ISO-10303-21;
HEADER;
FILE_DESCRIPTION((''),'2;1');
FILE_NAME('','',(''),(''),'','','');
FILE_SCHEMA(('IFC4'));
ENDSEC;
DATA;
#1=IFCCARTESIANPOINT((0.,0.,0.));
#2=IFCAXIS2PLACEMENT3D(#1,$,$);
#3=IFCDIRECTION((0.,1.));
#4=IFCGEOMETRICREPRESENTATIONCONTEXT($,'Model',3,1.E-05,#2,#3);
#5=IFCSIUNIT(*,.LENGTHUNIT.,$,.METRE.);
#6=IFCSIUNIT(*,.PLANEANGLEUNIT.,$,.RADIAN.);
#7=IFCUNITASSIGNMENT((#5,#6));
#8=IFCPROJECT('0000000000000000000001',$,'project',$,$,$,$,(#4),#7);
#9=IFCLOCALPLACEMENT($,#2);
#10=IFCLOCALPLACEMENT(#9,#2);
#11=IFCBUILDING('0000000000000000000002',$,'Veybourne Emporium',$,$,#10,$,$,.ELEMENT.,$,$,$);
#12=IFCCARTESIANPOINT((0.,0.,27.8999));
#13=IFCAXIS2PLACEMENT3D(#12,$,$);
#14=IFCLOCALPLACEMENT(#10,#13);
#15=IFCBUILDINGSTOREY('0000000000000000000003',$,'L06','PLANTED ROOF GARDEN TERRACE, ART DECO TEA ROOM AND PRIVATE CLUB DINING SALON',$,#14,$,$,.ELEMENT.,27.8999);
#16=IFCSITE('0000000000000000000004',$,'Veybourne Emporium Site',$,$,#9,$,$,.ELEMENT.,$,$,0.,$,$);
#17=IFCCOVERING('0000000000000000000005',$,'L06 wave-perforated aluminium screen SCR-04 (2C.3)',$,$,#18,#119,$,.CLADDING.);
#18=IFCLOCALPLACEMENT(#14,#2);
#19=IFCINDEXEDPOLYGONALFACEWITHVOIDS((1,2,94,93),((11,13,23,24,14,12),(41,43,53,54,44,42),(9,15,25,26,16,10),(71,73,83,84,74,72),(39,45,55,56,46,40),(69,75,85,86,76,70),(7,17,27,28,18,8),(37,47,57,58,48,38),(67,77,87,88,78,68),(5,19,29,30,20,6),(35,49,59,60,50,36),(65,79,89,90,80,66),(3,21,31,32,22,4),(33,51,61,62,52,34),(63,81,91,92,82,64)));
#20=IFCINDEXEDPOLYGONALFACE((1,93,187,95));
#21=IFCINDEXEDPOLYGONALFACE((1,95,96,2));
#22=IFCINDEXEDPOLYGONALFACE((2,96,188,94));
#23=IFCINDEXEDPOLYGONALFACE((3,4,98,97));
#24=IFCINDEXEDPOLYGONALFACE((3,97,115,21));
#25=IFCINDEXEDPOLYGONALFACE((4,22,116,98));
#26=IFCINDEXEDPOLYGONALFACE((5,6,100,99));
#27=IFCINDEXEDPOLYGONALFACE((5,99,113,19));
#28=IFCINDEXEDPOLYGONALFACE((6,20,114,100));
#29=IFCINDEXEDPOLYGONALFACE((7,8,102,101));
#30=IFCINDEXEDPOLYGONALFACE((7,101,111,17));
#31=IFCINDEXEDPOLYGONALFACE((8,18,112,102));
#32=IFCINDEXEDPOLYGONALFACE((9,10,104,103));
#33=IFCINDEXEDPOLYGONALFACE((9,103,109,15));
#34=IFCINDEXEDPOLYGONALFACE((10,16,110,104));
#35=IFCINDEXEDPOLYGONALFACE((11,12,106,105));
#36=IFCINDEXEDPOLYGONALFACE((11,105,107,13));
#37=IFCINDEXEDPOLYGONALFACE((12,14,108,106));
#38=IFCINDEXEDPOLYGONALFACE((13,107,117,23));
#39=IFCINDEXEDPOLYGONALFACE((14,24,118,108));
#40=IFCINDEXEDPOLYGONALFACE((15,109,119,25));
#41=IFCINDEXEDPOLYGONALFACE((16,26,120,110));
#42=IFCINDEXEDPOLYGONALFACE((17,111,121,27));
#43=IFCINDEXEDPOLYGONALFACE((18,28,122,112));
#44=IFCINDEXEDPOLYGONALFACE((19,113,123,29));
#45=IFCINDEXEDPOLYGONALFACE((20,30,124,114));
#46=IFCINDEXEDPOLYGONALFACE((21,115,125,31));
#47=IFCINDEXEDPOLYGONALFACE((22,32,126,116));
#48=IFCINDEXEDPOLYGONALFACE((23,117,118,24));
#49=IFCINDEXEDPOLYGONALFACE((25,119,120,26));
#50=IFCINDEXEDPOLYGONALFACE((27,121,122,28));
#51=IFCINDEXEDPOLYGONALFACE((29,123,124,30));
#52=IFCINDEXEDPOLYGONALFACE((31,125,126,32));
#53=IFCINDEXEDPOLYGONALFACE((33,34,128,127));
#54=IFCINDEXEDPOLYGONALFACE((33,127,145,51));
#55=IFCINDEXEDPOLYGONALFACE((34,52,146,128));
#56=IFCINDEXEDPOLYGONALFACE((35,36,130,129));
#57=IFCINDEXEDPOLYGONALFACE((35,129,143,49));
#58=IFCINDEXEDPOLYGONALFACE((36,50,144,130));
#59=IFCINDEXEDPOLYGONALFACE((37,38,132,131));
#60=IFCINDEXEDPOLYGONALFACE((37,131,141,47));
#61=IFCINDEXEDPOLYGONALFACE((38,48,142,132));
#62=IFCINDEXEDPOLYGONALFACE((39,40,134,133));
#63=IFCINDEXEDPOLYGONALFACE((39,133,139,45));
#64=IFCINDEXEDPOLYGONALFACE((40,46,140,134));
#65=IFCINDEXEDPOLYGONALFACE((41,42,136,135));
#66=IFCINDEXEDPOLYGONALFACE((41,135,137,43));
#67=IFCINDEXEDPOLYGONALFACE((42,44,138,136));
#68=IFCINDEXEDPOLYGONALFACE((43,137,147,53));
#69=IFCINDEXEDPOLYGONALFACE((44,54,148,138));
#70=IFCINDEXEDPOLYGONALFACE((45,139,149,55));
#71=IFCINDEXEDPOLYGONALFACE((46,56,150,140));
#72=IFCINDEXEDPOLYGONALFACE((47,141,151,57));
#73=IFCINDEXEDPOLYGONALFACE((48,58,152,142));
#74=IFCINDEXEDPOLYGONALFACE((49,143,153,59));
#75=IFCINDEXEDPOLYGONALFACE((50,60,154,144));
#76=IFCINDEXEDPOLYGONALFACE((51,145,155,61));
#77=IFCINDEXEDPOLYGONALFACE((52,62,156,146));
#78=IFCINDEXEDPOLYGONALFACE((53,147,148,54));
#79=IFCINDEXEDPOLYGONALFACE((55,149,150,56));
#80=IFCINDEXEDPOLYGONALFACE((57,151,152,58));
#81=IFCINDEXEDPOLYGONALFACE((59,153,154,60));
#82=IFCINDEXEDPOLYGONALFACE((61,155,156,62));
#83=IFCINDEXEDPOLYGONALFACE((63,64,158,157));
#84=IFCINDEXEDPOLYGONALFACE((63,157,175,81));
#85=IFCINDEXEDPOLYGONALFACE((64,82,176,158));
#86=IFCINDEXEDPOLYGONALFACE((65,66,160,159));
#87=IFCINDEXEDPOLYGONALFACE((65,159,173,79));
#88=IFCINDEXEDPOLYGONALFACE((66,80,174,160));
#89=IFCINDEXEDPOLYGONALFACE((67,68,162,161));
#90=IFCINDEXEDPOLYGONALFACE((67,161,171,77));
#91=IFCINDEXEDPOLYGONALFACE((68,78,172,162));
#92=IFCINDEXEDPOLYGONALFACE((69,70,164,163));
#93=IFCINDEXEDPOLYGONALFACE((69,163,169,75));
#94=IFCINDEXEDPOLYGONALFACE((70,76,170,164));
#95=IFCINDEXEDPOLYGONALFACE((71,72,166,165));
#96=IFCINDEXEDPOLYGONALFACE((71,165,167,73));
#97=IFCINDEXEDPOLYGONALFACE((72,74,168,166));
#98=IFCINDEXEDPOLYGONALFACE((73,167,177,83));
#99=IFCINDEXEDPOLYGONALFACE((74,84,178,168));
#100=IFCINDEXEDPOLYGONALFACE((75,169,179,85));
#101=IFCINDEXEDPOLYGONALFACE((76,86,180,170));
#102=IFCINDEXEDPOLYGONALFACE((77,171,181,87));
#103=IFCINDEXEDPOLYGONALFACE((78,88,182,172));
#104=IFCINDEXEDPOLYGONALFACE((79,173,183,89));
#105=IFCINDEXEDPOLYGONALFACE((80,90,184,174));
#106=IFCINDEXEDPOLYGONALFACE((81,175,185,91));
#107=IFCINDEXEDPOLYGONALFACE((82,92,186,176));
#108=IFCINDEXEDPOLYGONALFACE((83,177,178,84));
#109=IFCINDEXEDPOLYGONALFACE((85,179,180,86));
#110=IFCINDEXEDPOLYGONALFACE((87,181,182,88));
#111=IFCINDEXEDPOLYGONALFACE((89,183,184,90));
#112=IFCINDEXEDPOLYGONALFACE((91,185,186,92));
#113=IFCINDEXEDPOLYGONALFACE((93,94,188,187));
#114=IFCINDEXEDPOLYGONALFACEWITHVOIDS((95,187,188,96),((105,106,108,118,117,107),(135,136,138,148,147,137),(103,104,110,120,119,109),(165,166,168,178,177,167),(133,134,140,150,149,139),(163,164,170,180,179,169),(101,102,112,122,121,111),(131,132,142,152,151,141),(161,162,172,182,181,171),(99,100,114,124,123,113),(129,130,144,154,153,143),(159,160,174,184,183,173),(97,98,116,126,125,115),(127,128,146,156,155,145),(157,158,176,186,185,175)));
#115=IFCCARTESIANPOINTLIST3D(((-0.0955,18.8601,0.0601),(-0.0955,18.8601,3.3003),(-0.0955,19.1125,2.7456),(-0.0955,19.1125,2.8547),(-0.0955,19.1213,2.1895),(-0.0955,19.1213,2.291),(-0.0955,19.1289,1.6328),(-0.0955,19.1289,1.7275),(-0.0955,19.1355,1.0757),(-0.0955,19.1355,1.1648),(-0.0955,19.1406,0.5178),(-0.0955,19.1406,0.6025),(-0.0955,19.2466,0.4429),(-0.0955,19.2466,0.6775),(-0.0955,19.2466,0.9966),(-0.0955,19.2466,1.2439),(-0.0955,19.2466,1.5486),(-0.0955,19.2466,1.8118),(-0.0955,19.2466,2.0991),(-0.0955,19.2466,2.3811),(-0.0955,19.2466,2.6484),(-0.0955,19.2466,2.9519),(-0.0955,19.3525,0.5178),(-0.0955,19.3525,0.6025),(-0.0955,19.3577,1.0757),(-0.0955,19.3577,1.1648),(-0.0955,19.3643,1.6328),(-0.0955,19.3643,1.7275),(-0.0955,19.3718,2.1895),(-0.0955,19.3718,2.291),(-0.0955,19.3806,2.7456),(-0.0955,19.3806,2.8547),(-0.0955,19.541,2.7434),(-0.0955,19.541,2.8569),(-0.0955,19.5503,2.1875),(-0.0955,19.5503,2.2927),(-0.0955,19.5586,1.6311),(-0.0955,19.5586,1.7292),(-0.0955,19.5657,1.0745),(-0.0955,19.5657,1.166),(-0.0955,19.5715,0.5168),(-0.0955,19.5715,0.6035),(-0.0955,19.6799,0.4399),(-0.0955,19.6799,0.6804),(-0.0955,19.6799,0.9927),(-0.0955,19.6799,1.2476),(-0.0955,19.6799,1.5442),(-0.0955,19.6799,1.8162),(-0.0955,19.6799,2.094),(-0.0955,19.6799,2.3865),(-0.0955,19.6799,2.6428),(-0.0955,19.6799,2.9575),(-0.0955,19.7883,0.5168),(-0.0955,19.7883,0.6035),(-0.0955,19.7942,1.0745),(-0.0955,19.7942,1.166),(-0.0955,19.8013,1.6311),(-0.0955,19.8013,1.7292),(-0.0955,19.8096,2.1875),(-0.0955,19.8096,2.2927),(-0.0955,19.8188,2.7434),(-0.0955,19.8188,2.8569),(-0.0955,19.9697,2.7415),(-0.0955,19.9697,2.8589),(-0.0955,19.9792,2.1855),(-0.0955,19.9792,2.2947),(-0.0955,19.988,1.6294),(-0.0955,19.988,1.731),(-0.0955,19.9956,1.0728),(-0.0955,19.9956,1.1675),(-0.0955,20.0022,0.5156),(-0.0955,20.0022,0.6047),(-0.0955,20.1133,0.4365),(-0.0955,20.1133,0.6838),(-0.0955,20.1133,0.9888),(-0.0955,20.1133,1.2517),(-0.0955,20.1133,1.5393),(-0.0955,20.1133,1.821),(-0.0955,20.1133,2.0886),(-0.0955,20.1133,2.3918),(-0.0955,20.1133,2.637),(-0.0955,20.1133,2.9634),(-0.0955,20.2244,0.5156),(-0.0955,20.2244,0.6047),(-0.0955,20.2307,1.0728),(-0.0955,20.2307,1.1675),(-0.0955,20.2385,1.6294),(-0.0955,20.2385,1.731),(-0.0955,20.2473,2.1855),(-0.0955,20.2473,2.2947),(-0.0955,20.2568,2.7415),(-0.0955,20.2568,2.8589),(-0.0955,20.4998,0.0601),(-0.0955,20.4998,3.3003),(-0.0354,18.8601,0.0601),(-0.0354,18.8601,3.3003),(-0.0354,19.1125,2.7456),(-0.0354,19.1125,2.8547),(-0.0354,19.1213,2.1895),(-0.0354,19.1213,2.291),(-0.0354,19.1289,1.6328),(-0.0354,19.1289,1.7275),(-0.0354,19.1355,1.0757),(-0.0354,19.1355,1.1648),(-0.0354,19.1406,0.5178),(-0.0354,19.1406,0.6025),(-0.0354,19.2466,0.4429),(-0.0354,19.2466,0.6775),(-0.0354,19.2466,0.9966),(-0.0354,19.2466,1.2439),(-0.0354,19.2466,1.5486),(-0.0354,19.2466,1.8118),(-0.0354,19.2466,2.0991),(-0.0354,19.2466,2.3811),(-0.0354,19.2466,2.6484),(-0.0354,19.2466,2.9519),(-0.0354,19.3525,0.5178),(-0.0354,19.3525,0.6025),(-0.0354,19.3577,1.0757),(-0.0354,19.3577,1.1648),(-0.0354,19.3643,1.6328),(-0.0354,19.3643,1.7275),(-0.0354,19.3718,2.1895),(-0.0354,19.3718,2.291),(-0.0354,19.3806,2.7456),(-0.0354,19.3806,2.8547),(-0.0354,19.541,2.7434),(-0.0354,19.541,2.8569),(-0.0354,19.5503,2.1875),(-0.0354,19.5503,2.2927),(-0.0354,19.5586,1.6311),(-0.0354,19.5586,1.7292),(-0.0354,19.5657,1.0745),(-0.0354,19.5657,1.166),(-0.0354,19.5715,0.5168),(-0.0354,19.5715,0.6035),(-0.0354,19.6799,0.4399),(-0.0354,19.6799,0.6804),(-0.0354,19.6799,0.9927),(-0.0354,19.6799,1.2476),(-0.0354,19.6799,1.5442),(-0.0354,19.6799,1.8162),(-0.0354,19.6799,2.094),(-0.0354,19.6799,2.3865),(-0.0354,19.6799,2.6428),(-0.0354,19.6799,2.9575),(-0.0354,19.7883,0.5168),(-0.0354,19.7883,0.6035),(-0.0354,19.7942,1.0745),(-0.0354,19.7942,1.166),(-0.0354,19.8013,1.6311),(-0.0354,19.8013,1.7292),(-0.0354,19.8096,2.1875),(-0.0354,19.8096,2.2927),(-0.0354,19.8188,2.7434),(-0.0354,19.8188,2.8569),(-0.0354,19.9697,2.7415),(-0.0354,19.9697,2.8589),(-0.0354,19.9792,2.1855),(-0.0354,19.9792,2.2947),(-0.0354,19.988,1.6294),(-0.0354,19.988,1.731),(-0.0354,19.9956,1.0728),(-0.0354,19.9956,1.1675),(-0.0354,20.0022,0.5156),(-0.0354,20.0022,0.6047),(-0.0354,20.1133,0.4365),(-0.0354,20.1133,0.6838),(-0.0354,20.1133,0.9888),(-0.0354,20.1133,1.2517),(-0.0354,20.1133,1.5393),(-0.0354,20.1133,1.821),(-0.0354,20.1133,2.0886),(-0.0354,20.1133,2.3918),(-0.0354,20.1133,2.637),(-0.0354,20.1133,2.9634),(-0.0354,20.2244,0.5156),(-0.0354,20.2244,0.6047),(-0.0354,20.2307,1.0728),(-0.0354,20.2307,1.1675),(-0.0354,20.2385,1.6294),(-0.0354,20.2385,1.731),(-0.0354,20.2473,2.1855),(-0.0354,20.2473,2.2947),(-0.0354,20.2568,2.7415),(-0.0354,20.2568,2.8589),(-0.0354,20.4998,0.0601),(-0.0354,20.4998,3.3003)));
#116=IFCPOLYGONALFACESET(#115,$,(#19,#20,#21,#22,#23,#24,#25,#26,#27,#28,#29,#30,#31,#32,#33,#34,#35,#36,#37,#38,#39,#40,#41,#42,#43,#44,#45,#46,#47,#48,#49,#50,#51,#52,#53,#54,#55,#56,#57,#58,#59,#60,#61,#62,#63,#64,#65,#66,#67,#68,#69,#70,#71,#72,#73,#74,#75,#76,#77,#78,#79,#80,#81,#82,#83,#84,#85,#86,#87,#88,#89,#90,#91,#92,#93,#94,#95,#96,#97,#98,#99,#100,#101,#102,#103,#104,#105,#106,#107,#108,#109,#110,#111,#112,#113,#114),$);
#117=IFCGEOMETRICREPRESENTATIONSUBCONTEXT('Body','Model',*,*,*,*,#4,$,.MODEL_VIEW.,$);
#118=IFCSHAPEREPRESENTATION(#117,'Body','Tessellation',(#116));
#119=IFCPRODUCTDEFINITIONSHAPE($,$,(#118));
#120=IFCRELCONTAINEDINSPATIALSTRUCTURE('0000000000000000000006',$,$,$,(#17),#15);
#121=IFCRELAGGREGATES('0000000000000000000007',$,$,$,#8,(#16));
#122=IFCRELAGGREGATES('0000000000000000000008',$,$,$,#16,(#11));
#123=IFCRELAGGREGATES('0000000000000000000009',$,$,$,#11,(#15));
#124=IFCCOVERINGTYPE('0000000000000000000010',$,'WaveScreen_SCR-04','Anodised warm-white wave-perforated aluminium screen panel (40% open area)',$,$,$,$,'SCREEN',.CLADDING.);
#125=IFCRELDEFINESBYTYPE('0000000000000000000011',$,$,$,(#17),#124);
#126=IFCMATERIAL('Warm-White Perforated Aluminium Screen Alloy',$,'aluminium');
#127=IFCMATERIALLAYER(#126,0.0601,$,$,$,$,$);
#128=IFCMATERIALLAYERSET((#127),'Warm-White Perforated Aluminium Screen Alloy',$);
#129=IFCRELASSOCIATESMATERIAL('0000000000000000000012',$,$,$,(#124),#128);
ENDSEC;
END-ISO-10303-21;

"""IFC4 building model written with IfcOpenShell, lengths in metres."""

from ifc_helpers import new_model, si_unit, direction, frame, origin, place, context, subcontext, project, spatial, polyline, outline, extrude, material, layer, layer_set, type_object, element, save


model = new_model("IFC4")

# Units and contexts
model_context = context("Model", 3, precision=1e-05, world=origin(), true_north=direction((0.0, 1.0)))
body_context = subcontext(model_context, "Body", "Model", "MODEL_VIEW")
ifc_project = project(units=[si_unit("LENGTHUNIT", "METRE"), si_unit("PLANEANGLEUNIT", "RADIAN")], contexts=[model_context])

# Site, building, storey
site_placement = place(None, origin())
site = spatial("IfcSite", under=ifc_project, at=site_placement, Name="Veybourne Emporium Site", CompositionType="ELEMENT", RefElevation=0.0)
building_placement = place(site_placement, origin())
building = spatial("IfcBuilding", under=site, at=building_placement, Name="Veybourne Emporium", CompositionType="ELEMENT")
storey_placement = place(building_placement, frame((0.0, 0.0, 27.8999)))
storey = spatial("IfcBuildingStorey", under=building, at=storey_placement, Name="L06", Description="PLANTED ROOF GARDEN TERRACE, ART DECO TEA ROOM AND PRIVATE CLUB DINING SALON", CompositionType="ELEMENT", Elevation=27.8999)

# Covering
ifc_material_1 = material(Name="Warm-White Perforated Aluminium Screen Alloy", Category="aluminium")
ifc_layer_1 = layer(ifc_material_1, 0.0601)
ifc_layer_set_1 = layer_set([ifc_layer_1], Name="Warm-White Perforated Aluminium Screen Alloy")
covering_type_1 = type_object("IfcCoveringType", Name="WaveScreen_SCR-04", Description="Anodised warm-white wave-perforated aluminium screen panel (40% open area)", ElementType="SCREEN", PredefinedType="CLADDING", material=ifc_layer_set_1)
covering_1_placement = place(storey_placement, frame((-0.0955, 19.6799, 1.6802), z_axis=(1.0, 0.0, 0.0), x_axis=(0.0, 1.0, 0.0)))
element("IfcCovering", 1, at=covering_1_placement, inside=storey, type_object=covering_type_1, Name="L06 wave-perforated aluminium screen SCR-04 (2C.3)", PredefinedType="CLADDING", context=body_context, shape_type="SweptSolid", body=[
    extrude(outline(polyline([(-0.8198, -1.6201), (0.8198, -1.6201), (0.8198, 1.6201), (-0.8198, 1.6201), (-0.8198, -1.6201)]), holes=[polyline([(-0.4333, -1.0027), (-0.3274, -1.0776), (-0.3274, -1.1624), (-0.4333, -1.2373), (-0.5393, -1.1624), (-0.5393, -1.0776), (-0.4333, -1.0027)]), polyline([(-0.4333, -0.4363), (-0.3223, -0.5154), (-0.3223, -0.6045), (-0.4333, -0.6836), (-0.5444, -0.6045), (-0.5444, -0.5154), (-0.4333, -0.4363)]), polyline([(-0.4333, 0.1316), (-0.3157, 0.0474), (-0.3157, -0.0474), (-0.4333, -0.1316), (-0.551, -0.0474), (-0.551, 0.0474), (-0.4333, 0.1316)]), polyline([(-0.4333, 0.7009), (-0.3081, 0.6108), (-0.3081, 0.5093), (-0.4333, 0.4189), (-0.5586, 0.5093), (-0.5586, 0.6108), (-0.4333, 0.7009)]), polyline([(-0.4333, 1.2717), (-0.2993, 1.1746), (-0.2993, 1.0654), (-0.4333, 0.9683), (-0.5674, 1.0654), (-0.5674, 1.1746), (-0.4333, 1.2717)]), polyline([(0.0, -0.9998), (0.1084, -1.0767), (0.1084, -1.1633), (0.0, -1.2402), (-0.1084, -1.1633), (-0.1084, -1.0767), (0.0, -0.9998)]), polyline([(0.0, -0.4326), (0.1143, -0.5142), (0.1143, -0.6057), (0.0, -0.6875), (-0.1143, -0.6057), (-0.1143, -0.5142), (0.0, -0.4326)]), polyline([(0.0, 0.136), (0.1213, 0.0491), (0.1213, -0.0491), (0.0, -0.136), (-0.1213, -0.0491), (-0.1213, 0.0491), (0.0, 0.136)]), polyline([(0.0, 0.7063), (0.1296, 0.6125), (0.1296, 0.5073), (0.0, 0.4138), (-0.1296, 0.5073), (-0.1296, 0.6125), (0.0, 0.7063)]), polyline([(0.0, 1.2773), (0.1389, 1.1768), (0.1389, 1.0632), (0.0, 0.9626), (-0.1389, 1.0632), (-0.1389, 1.1768), (0.0, 1.2773)]), polyline([(0.4333, -0.9963), (0.5444, -1.0754), (0.5444, -1.1646), (0.4333, -1.2437), (0.3223, -1.1646), (0.3223, -1.0754), (0.4333, -0.9963)]), polyline([(0.4333, -0.4285), (0.5508, -0.5127), (0.5508, -0.6074), (0.4333, -0.6914), (0.3157, -0.6074), (0.3157, -0.5127), (0.4333, -0.4285)]), polyline([(0.4333, 0.1409), (0.5586, 0.0508), (0.5586, -0.0508), (0.4333, -0.1409), (0.3081, -0.0508), (0.3081, 0.0508), (0.4333, 0.1409)]), polyline([(0.4333, 0.7117), (0.5674, 0.6145), (0.5674, 0.5054), (0.4333, 0.4084), (0.2993, 0.5054), (0.2993, 0.6145), (0.4333, 0.7117)]), polyline([(0.4333, 1.2832), (0.5769, 1.1787), (0.5769, 1.0613), (0.4333, 0.9568), (0.2898, 1.0613), (0.2898, 1.1787), (0.4333, 1.2832)])]), origin(), (0.0, 0.0, 1.0), 0.0601),
])

save(model, "model.ifc")
